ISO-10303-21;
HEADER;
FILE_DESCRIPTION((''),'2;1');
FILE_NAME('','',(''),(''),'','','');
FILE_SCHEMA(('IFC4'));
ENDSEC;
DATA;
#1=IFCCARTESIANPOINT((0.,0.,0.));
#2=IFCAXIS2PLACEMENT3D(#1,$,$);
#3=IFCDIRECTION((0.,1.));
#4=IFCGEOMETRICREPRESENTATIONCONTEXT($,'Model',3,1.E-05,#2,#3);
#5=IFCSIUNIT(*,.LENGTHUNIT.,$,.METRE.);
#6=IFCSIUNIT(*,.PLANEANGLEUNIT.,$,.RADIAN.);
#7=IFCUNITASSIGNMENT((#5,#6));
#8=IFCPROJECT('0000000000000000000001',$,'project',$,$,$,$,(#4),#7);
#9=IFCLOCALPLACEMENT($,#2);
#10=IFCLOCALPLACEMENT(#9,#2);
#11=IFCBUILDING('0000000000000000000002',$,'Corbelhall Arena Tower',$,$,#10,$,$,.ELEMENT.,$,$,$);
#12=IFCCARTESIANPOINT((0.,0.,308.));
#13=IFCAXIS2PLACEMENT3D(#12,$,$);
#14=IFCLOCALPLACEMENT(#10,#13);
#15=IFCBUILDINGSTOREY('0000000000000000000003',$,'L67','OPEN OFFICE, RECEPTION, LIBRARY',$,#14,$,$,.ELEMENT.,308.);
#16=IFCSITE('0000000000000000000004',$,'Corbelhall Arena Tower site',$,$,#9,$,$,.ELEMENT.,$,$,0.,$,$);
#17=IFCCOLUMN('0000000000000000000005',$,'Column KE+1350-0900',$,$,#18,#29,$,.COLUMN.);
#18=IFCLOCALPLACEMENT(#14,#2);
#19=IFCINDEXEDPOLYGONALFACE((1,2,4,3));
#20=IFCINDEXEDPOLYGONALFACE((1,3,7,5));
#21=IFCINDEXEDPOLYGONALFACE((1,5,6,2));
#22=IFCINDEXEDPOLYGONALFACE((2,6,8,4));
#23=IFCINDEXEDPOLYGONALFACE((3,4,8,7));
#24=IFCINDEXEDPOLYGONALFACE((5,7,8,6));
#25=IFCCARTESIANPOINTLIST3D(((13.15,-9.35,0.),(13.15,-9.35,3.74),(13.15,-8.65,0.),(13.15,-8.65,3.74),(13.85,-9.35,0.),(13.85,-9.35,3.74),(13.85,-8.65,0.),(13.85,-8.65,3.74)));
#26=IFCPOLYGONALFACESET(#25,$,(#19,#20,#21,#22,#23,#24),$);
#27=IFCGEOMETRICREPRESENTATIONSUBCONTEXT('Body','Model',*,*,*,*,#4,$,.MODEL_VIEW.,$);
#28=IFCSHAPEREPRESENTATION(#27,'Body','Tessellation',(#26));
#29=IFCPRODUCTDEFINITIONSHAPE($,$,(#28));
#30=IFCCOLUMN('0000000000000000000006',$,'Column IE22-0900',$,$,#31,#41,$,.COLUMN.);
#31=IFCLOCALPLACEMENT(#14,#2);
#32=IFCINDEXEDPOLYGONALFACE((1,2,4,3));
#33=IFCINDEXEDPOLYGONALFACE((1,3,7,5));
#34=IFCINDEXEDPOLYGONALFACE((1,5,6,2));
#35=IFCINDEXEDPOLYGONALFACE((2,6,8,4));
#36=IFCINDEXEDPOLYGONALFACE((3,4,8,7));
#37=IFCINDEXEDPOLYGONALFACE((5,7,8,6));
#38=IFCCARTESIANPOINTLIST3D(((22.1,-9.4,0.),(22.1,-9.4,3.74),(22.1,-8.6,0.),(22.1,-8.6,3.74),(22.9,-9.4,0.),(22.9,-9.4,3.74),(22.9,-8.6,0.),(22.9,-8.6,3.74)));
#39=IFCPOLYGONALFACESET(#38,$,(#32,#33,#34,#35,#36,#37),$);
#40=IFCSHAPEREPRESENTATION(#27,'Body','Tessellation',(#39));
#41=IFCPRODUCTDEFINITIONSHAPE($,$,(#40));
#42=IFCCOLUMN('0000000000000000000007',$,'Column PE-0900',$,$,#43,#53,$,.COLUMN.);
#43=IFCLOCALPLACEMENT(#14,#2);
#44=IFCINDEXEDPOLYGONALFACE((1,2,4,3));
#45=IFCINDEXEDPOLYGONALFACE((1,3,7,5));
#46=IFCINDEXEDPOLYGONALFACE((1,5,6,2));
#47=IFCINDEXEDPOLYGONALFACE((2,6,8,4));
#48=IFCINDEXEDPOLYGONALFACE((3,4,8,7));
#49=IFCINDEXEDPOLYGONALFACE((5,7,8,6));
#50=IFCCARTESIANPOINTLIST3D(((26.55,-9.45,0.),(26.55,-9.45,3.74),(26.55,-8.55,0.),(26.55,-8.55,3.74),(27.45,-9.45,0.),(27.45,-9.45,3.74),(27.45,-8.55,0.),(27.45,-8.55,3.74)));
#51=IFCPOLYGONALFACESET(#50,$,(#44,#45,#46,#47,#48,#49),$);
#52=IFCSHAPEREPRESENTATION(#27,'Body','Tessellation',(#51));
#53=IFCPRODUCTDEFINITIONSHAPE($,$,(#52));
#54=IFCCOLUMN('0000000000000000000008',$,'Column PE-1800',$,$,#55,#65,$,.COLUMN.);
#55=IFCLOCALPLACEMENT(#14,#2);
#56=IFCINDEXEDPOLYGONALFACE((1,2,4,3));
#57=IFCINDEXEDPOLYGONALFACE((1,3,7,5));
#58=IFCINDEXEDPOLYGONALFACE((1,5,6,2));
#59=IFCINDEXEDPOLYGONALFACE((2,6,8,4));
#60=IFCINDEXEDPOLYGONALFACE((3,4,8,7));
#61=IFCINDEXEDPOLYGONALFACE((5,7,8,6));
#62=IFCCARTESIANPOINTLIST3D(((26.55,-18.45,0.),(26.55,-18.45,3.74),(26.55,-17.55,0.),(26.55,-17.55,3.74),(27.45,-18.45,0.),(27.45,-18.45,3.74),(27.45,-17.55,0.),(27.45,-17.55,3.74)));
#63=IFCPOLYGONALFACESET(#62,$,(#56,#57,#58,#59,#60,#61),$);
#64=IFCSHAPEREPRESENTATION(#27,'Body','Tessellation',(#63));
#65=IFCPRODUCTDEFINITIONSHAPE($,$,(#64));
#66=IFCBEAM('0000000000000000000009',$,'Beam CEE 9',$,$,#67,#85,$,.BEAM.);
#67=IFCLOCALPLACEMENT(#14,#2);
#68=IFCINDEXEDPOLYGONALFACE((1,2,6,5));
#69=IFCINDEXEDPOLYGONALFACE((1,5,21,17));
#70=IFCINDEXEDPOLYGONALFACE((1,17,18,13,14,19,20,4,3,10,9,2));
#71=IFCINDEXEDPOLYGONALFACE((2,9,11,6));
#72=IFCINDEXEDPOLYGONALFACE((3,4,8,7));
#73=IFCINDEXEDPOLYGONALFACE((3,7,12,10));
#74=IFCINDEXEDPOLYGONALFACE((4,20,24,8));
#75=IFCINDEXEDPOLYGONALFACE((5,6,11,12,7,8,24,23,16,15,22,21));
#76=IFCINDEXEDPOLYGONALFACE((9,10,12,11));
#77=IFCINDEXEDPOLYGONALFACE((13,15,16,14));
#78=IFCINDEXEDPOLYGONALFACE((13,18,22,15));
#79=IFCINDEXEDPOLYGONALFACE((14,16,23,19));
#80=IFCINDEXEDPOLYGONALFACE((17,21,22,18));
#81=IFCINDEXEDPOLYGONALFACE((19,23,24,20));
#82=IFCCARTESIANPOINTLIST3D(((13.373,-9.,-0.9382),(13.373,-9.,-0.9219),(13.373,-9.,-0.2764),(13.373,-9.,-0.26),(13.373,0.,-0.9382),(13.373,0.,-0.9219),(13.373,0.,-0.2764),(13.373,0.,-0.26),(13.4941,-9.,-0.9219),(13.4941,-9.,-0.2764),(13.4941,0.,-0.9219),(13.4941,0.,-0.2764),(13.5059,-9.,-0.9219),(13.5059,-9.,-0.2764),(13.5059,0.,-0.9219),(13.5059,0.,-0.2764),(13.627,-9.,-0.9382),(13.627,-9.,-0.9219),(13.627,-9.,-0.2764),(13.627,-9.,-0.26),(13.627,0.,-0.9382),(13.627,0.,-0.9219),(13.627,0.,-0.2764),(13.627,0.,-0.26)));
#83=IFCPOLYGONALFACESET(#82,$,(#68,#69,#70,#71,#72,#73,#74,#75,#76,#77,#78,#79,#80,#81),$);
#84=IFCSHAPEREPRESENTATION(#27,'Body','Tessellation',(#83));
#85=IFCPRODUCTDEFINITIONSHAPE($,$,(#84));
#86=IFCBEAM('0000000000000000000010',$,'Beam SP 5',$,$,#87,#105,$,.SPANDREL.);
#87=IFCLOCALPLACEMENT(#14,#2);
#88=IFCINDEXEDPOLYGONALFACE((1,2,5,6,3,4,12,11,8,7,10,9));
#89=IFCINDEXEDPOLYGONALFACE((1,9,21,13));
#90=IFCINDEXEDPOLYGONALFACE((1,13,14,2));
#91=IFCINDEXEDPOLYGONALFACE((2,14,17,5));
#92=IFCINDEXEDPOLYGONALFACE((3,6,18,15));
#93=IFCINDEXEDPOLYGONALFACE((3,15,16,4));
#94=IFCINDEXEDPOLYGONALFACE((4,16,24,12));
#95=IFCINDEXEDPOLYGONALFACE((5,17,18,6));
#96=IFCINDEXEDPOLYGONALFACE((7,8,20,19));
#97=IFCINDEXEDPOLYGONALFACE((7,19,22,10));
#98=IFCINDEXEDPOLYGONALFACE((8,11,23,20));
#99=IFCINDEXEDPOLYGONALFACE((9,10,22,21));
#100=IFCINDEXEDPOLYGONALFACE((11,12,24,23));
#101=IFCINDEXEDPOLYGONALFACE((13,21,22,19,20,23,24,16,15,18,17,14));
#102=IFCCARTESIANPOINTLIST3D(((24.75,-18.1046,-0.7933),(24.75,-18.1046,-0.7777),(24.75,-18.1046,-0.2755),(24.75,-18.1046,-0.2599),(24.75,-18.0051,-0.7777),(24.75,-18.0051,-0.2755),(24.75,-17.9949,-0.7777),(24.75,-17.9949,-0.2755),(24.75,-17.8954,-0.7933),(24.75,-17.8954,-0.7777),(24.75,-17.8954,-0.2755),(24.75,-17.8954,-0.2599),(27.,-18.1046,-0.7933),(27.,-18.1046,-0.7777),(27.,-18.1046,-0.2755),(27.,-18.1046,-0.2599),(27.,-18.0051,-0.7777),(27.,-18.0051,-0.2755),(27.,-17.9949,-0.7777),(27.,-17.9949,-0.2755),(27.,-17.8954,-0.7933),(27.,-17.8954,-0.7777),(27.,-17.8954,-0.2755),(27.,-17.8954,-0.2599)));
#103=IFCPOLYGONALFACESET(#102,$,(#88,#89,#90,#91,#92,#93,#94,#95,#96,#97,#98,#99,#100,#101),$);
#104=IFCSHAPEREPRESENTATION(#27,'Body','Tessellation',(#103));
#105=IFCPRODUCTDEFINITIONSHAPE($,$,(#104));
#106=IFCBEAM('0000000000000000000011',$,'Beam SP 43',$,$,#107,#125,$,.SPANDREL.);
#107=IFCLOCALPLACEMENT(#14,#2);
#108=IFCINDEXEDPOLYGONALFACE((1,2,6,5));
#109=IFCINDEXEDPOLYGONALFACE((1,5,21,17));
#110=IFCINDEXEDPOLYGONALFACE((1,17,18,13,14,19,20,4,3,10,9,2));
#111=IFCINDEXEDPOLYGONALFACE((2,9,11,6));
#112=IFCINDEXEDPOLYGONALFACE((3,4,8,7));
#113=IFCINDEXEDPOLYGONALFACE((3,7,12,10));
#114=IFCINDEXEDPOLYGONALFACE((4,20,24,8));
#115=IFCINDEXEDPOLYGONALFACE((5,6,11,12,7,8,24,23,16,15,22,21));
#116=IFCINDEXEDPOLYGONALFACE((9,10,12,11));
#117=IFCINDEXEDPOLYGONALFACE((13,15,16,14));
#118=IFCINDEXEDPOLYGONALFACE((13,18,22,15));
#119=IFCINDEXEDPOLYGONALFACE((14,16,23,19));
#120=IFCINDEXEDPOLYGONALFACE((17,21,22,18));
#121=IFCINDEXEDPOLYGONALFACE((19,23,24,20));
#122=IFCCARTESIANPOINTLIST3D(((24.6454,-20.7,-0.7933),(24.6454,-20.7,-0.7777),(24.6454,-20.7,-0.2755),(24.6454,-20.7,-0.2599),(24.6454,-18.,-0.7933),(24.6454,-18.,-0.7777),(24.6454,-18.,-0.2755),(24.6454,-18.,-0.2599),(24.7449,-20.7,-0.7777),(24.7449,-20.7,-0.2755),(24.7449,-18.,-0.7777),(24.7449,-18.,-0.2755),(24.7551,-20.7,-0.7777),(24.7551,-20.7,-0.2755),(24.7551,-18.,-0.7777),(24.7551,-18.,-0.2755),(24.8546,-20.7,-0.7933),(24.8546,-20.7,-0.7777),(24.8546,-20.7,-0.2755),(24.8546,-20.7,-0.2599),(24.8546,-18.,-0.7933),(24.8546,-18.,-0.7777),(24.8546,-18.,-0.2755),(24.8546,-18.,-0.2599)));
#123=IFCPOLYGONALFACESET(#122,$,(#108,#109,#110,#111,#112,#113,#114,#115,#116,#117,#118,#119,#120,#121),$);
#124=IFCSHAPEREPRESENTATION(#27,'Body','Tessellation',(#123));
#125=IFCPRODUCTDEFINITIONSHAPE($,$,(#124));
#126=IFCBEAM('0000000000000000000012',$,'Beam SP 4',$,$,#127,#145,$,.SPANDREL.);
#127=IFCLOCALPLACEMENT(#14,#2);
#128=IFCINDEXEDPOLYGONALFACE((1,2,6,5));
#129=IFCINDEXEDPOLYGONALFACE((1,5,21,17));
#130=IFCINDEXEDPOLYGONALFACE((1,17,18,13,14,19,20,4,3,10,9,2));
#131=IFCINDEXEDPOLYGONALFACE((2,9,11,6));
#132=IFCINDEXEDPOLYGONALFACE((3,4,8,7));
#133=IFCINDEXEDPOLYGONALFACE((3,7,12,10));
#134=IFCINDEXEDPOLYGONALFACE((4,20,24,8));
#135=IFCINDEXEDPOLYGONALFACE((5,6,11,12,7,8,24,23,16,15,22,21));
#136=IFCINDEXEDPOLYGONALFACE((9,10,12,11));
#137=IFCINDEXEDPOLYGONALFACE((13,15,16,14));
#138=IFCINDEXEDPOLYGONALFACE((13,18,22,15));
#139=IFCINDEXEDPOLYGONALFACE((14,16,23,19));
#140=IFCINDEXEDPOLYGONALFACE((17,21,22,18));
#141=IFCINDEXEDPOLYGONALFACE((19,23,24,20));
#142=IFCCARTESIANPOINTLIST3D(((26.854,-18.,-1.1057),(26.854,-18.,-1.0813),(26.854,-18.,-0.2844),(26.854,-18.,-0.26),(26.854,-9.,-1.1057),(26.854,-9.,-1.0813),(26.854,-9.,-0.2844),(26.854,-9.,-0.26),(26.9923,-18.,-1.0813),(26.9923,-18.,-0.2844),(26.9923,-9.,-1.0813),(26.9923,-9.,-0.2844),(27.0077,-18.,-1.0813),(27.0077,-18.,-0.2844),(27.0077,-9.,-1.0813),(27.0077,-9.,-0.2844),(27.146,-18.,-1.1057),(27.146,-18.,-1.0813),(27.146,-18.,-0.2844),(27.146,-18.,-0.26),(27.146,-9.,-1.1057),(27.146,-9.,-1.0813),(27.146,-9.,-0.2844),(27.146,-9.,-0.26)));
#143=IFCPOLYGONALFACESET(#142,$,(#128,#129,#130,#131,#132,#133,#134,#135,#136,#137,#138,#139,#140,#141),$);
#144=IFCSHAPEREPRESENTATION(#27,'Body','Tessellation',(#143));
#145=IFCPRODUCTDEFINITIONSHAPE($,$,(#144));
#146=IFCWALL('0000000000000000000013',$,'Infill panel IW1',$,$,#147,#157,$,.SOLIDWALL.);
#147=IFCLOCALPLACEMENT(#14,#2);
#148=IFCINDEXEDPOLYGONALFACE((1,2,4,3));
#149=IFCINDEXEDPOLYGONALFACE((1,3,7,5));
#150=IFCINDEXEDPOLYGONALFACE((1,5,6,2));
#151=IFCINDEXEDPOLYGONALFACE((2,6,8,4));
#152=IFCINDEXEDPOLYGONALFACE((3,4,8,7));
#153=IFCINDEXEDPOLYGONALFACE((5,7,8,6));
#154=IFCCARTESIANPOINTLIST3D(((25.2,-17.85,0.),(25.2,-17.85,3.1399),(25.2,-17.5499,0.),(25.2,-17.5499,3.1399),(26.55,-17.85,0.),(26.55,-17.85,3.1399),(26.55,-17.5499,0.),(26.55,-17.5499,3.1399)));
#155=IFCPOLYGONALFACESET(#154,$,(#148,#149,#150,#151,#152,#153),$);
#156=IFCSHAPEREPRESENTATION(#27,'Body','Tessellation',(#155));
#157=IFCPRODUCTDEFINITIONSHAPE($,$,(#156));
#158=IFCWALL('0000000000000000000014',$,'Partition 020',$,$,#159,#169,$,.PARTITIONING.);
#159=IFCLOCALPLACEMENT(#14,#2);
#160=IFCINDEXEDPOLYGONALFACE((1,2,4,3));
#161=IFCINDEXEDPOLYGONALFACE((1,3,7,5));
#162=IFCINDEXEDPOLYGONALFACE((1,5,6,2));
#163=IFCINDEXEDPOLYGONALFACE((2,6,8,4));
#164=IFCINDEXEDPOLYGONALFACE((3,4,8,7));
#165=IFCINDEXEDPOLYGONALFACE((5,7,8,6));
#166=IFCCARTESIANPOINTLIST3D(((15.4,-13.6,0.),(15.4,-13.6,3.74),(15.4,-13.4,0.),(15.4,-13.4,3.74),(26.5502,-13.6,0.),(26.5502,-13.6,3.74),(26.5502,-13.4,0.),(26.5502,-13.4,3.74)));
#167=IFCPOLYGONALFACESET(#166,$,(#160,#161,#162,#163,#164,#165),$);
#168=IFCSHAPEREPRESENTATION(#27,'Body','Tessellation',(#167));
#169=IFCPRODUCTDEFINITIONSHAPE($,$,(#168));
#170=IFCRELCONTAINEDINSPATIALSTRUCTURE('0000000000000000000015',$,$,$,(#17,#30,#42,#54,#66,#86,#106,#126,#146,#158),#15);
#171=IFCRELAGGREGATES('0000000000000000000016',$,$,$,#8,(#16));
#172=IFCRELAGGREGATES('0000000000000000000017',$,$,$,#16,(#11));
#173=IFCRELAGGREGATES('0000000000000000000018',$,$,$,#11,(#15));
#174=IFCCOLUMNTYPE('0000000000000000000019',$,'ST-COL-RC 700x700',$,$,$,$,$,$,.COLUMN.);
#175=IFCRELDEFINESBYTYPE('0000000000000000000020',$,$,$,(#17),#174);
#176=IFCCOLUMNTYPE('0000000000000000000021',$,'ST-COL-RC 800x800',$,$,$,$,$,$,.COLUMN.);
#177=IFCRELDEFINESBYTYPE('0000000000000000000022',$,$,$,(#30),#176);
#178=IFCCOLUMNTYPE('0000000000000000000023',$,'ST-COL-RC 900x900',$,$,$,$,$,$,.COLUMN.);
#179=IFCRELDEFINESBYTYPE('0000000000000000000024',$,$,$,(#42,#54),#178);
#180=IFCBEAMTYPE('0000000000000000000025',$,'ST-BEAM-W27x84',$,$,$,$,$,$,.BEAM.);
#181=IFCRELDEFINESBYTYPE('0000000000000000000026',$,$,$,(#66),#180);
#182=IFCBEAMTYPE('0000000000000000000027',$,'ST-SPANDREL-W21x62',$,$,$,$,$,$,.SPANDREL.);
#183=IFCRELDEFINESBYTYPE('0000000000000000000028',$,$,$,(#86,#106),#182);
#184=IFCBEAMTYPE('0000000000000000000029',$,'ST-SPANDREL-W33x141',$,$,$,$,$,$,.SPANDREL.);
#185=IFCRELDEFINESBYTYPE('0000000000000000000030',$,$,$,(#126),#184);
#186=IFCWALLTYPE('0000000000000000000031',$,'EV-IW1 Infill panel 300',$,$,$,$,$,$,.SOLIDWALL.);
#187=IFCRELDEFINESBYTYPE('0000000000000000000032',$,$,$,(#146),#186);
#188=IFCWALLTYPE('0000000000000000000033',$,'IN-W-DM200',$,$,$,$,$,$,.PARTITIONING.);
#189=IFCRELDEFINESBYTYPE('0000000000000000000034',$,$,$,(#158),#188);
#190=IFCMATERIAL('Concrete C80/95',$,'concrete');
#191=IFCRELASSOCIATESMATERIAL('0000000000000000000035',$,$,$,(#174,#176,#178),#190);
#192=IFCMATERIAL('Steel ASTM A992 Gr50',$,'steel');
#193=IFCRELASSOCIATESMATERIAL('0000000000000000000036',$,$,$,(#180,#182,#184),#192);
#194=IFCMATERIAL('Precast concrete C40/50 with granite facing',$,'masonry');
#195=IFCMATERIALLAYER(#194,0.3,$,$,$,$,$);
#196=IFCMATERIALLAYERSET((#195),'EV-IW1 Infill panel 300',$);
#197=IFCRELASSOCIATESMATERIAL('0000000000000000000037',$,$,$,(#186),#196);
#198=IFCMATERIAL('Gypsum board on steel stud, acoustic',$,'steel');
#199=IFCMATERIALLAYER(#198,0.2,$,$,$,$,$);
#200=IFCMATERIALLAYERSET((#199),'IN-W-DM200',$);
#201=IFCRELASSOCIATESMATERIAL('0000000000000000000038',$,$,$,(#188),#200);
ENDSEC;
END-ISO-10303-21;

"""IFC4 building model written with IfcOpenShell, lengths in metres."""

from ifc_helpers import new_model, si_unit, direction, frame, frame_2d, origin, origin_2d, place, context, subcontext, project, spatial, rectangle, i_section, extrude, material, layer, layer_set, material_profile, profile_set, type_object, element, save


model = new_model("IFC4")

# Units and contexts
model_context = context("Model", 3, precision=1e-05, world=origin(), true_north=direction((0.0, 1.0)))
body_context = subcontext(model_context, "Body", "Model", "MODEL_VIEW")
ifc_project = project(units=[si_unit("LENGTHUNIT", "METRE"), si_unit("PLANEANGLEUNIT", "RADIAN")], contexts=[model_context])

# Site, building, storey
site_placement = place(None, origin())
site = spatial("IfcSite", under=ifc_project, at=site_placement, Name="Corbelhall Arena Tower site", CompositionType="ELEMENT", RefElevation=0.0)
building_placement = place(site_placement, origin())
building = spatial("IfcBuilding", under=site, at=building_placement, Name="Corbelhall Arena Tower", CompositionType="ELEMENT")
storey_placement = place(building_placement, frame((0.0, 0.0, 308.0)))
storey = spatial("IfcBuildingStorey", under=building, at=storey_placement, Name="L67", Description="OPEN OFFICE, RECEPTION, LIBRARY", CompositionType="ELEMENT", Elevation=308.0)

# Columns
ifc_material_1 = material(Name="Concrete C80/95", Category="concrete")
ifc_material_profile_1 = material_profile(ifc_material_1, rectangle(XDim=0.7, YDim=0.7, at=origin_2d()))
ifc_profile_set_1 = profile_set([ifc_material_profile_1], Name="Concrete C80/95")
column_type_1 = type_object("IfcColumnType", Name="ST-COL-RC 700x700", PredefinedType="COLUMN", material=ifc_profile_set_1)
column_1_placement = place(storey_placement, frame((13.5, -9.0, 0.0), z_axis=(0.0, 0.0, 1.0), x_axis=(1.0, 0.0, 0.0)))
element("IfcColumn", 1, at=column_1_placement, inside=storey, type_object=column_type_1, Name="Column KE+1350-0900", PredefinedType="COLUMN", context=body_context, shape_type="SweptSolid", body=[
    extrude(rectangle(XDim=0.7, YDim=0.7, at=origin_2d()), origin(), (0.0, 0.0, 1.0), 3.74),
])
ifc_material_profile_2 = material_profile(ifc_material_1, rectangle(XDim=0.8, YDim=0.8, at=origin_2d()))
ifc_profile_set_2 = profile_set([ifc_material_profile_2], Name="Concrete C80/95")
column_type_2 = type_object("IfcColumnType", Name="ST-COL-RC 800x800", PredefinedType="COLUMN", material=ifc_profile_set_2)
column_2_placement = place(storey_placement, frame((22.5, -9.0, 0.0), z_axis=(0.0, 0.0, 1.0), x_axis=(1.0, 0.0, 0.0)))
element("IfcColumn", 2, at=column_2_placement, inside=storey, type_object=column_type_2, Name="Column IE22-0900", PredefinedType="COLUMN", context=body_context, shape_type="SweptSolid", body=[
    extrude(rectangle(XDim=0.8, YDim=0.8, at=origin_2d()), origin(), (0.0, 0.0, 1.0), 3.74),
])
ifc_material_profile_3 = material_profile(ifc_material_1, rectangle(XDim=0.8999, YDim=0.8999, at=origin_2d()))
ifc_profile_set_3 = profile_set([ifc_material_profile_3], Name="Concrete C80/95")
column_type_3 = type_object("IfcColumnType", Name="ST-COL-RC 900x900", PredefinedType="COLUMN", material=ifc_profile_set_3)
for number, where, z_axis, x_axis, name in (
    (3, (27.0, -9.0, 0.0), (0.0, 0.0, 1.0), (0.0, 1.0, 0.0), "Column PE-0900"),
    (4, (27.0, -18.0, 0.0), (0.0, 0.0, 1.0), (0.0, 1.0, 0.0), "Column PE-1800"),
):
    element("IfcColumn", number, at=place(storey_placement, frame(where, z_axis=z_axis, x_axis=x_axis)), inside=storey, type_object=column_type_3, Name=name, PredefinedType="COLUMN", context=body_context, shape_type="SweptSolid", body=[
        extrude(rectangle(XDim=0.8999, YDim=0.8999, at=origin_2d()), origin(), (0.0, 0.0, 1.0), 3.74),
    ])

# Beams
ifc_material_2 = material(Name="Steel ASTM A992 Gr50", Category="steel")
ifc_material_profile_4 = material_profile(ifc_material_2, i_section(OverallWidth=0.2539, OverallDepth=0.6782, WebThickness=0.0117, FlangeThickness=0.0164, at=origin_2d()))
ifc_profile_set_4 = profile_set([ifc_material_profile_4], Name="Steel ASTM A992 Gr50")
beam_type_1 = type_object("IfcBeamType", Name="ST-BEAM-W27x84", PredefinedType="BEAM", material=ifc_profile_set_4)
beam_1_placement = place(storey_placement, frame((13.5, -9.0, -0.5991), z_axis=(0.0, 1.0, 0.0), x_axis=(-1.0, 0.0, 0.0)))
element("IfcBeam", 5, at=beam_1_placement, inside=storey, type_object=beam_type_1, Name="Beam CEE 9", PredefinedType="BEAM", context=body_context, shape_type="SweptSolid", body=[
    extrude(i_section(OverallWidth=0.2539, OverallDepth=0.6782, WebThickness=0.0117, FlangeThickness=0.0164, at=origin_2d()), origin(), (0.0, 0.0, 1.0), 9.0),
])
ifc_material_profile_5 = material_profile(ifc_material_2, i_section(OverallWidth=0.2092, OverallDepth=0.5334, WebThickness=0.0103, FlangeThickness=0.0156, at=origin_2d()))
ifc_profile_set_5 = profile_set([ifc_material_profile_5], Name="Steel ASTM A992 Gr50")
beam_type_2 = type_object("IfcBeamType", Name="ST-SPANDREL-W21x62", PredefinedType="SPANDREL", material=ifc_profile_set_5)
beam_2_placement = place(storey_placement, frame((27.0, -18.0, -0.5266), z_axis=(-1.0, 0.0, 0.0), x_axis=(0.0, -1.0, 0.0)))
element("IfcBeam", 6, at=beam_2_placement, inside=storey, type_object=beam_type_2, Name="Beam SP 5", PredefinedType="SPANDREL", context=body_context, shape_type="SweptSolid", body=[
    extrude(i_section(OverallWidth=0.2092, OverallDepth=0.5334, WebThickness=0.0103, FlangeThickness=0.0156, at=origin_2d()), origin(), (0.0, 0.0, 1.0), 2.25),
])
beam_3_placement = place(storey_placement, frame((24.75, -18.0, -0.5266), z_axis=(0.0, -1.0, 0.0), x_axis=(1.0, 0.0, 0.0)))
element("IfcBeam", 7, at=beam_3_placement, inside=storey, type_object=beam_type_2, Name="Beam SP 43", PredefinedType="SPANDREL", context=body_context, shape_type="SweptSolid", body=[
    extrude(i_section(OverallWidth=0.2092, OverallDepth=0.5334, WebThickness=0.0103, FlangeThickness=0.0156, at=origin_2d()), origin(), (0.0, 0.0, 1.0), 2.7),
])
ifc_material_profile_6 = material_profile(ifc_material_2, i_section(OverallWidth=0.292, OverallDepth=0.8457, WebThickness=0.0154, FlangeThickness=0.0244, at=origin_2d()))
ifc_profile_set_6 = profile_set([ifc_material_profile_6], Name="Steel ASTM A992 Gr50")
beam_type_3 = type_object("IfcBeamType", Name="ST-SPANDREL-W33x141", PredefinedType="SPANDREL", material=ifc_profile_set_6)
beam_4_placement = place(storey_placement, frame((27.0, -9.0, -0.6829), z_axis=(0.0, -1.0, 0.0), x_axis=(1.0, 0.0, 0.0)))
element("IfcBeam", 8, at=beam_4_placement, inside=storey, type_object=beam_type_3, Name="Beam SP 4", PredefinedType="SPANDREL", context=body_context, shape_type="SweptSolid", body=[
    extrude(i_section(OverallWidth=0.292, OverallDepth=0.8457, WebThickness=0.0154, FlangeThickness=0.0244, at=origin_2d()), origin(), (0.0, 0.0, 1.0), 9.0),
])

# Wall
ifc_material_3 = material(Name="Precast concrete C40/50 with granite facing", Category="masonry")
ifc_layer_1 = layer(ifc_material_3, 0.3)
ifc_layer_set_1 = layer_set([ifc_layer_1], Name="EV-IW1 Infill panel 300")
wall_type_1 = type_object("IfcWallType", Name="EV-IW1 Infill panel 300", PredefinedType="SOLIDWALL", material=ifc_layer_set_1)
wall_1_placement = place(storey_placement, frame((25.2, -17.7, 0.0), z_axis=(0.0, 0.0, 1.0), x_axis=(1.0, 0.0, 0.0)))
element("IfcWall", 9, at=wall_1_placement, inside=storey, type_object=wall_type_1, Name="Infill panel IW1", PredefinedType="SOLIDWALL", context=body_context, shape_type="SweptSolid", body=[
    extrude(rectangle(XDim=1.3501, YDim=0.3, at=frame_2d((0.675, 0.0))), origin(), (0.0, 0.0, 1.0), 3.1399),
])

# Wall
ifc_material_4 = material(Name="Gypsum board on steel stud, acoustic", Category="steel")
ifc_layer_2 = layer(ifc_material_4, 0.2)
ifc_layer_set_2 = layer_set([ifc_layer_2], Name="IN-W-DM200")
wall_type_2 = type_object("IfcWallType", Name="IN-W-DM200", PredefinedType="PARTITIONING", material=ifc_layer_set_2)
wall_2_placement = place(storey_placement, frame((15.3999, -13.5, 0.0), z_axis=(0.0, 0.0, 1.0), x_axis=(1.0, 0.0, 0.0)))
element("IfcWall", 10, at=wall_2_placement, inside=storey, type_object=wall_type_2, Name="Partition 020", PredefinedType="PARTITIONING", context=body_context, shape_type="SweptSolid", body=[
    extrude(rectangle(XDim=11.1501, YDim=0.2, at=frame_2d((5.5752, 0.0))), origin(), (0.0, 0.0, 1.0), 3.74),
])

save(model, "model.ifc")
